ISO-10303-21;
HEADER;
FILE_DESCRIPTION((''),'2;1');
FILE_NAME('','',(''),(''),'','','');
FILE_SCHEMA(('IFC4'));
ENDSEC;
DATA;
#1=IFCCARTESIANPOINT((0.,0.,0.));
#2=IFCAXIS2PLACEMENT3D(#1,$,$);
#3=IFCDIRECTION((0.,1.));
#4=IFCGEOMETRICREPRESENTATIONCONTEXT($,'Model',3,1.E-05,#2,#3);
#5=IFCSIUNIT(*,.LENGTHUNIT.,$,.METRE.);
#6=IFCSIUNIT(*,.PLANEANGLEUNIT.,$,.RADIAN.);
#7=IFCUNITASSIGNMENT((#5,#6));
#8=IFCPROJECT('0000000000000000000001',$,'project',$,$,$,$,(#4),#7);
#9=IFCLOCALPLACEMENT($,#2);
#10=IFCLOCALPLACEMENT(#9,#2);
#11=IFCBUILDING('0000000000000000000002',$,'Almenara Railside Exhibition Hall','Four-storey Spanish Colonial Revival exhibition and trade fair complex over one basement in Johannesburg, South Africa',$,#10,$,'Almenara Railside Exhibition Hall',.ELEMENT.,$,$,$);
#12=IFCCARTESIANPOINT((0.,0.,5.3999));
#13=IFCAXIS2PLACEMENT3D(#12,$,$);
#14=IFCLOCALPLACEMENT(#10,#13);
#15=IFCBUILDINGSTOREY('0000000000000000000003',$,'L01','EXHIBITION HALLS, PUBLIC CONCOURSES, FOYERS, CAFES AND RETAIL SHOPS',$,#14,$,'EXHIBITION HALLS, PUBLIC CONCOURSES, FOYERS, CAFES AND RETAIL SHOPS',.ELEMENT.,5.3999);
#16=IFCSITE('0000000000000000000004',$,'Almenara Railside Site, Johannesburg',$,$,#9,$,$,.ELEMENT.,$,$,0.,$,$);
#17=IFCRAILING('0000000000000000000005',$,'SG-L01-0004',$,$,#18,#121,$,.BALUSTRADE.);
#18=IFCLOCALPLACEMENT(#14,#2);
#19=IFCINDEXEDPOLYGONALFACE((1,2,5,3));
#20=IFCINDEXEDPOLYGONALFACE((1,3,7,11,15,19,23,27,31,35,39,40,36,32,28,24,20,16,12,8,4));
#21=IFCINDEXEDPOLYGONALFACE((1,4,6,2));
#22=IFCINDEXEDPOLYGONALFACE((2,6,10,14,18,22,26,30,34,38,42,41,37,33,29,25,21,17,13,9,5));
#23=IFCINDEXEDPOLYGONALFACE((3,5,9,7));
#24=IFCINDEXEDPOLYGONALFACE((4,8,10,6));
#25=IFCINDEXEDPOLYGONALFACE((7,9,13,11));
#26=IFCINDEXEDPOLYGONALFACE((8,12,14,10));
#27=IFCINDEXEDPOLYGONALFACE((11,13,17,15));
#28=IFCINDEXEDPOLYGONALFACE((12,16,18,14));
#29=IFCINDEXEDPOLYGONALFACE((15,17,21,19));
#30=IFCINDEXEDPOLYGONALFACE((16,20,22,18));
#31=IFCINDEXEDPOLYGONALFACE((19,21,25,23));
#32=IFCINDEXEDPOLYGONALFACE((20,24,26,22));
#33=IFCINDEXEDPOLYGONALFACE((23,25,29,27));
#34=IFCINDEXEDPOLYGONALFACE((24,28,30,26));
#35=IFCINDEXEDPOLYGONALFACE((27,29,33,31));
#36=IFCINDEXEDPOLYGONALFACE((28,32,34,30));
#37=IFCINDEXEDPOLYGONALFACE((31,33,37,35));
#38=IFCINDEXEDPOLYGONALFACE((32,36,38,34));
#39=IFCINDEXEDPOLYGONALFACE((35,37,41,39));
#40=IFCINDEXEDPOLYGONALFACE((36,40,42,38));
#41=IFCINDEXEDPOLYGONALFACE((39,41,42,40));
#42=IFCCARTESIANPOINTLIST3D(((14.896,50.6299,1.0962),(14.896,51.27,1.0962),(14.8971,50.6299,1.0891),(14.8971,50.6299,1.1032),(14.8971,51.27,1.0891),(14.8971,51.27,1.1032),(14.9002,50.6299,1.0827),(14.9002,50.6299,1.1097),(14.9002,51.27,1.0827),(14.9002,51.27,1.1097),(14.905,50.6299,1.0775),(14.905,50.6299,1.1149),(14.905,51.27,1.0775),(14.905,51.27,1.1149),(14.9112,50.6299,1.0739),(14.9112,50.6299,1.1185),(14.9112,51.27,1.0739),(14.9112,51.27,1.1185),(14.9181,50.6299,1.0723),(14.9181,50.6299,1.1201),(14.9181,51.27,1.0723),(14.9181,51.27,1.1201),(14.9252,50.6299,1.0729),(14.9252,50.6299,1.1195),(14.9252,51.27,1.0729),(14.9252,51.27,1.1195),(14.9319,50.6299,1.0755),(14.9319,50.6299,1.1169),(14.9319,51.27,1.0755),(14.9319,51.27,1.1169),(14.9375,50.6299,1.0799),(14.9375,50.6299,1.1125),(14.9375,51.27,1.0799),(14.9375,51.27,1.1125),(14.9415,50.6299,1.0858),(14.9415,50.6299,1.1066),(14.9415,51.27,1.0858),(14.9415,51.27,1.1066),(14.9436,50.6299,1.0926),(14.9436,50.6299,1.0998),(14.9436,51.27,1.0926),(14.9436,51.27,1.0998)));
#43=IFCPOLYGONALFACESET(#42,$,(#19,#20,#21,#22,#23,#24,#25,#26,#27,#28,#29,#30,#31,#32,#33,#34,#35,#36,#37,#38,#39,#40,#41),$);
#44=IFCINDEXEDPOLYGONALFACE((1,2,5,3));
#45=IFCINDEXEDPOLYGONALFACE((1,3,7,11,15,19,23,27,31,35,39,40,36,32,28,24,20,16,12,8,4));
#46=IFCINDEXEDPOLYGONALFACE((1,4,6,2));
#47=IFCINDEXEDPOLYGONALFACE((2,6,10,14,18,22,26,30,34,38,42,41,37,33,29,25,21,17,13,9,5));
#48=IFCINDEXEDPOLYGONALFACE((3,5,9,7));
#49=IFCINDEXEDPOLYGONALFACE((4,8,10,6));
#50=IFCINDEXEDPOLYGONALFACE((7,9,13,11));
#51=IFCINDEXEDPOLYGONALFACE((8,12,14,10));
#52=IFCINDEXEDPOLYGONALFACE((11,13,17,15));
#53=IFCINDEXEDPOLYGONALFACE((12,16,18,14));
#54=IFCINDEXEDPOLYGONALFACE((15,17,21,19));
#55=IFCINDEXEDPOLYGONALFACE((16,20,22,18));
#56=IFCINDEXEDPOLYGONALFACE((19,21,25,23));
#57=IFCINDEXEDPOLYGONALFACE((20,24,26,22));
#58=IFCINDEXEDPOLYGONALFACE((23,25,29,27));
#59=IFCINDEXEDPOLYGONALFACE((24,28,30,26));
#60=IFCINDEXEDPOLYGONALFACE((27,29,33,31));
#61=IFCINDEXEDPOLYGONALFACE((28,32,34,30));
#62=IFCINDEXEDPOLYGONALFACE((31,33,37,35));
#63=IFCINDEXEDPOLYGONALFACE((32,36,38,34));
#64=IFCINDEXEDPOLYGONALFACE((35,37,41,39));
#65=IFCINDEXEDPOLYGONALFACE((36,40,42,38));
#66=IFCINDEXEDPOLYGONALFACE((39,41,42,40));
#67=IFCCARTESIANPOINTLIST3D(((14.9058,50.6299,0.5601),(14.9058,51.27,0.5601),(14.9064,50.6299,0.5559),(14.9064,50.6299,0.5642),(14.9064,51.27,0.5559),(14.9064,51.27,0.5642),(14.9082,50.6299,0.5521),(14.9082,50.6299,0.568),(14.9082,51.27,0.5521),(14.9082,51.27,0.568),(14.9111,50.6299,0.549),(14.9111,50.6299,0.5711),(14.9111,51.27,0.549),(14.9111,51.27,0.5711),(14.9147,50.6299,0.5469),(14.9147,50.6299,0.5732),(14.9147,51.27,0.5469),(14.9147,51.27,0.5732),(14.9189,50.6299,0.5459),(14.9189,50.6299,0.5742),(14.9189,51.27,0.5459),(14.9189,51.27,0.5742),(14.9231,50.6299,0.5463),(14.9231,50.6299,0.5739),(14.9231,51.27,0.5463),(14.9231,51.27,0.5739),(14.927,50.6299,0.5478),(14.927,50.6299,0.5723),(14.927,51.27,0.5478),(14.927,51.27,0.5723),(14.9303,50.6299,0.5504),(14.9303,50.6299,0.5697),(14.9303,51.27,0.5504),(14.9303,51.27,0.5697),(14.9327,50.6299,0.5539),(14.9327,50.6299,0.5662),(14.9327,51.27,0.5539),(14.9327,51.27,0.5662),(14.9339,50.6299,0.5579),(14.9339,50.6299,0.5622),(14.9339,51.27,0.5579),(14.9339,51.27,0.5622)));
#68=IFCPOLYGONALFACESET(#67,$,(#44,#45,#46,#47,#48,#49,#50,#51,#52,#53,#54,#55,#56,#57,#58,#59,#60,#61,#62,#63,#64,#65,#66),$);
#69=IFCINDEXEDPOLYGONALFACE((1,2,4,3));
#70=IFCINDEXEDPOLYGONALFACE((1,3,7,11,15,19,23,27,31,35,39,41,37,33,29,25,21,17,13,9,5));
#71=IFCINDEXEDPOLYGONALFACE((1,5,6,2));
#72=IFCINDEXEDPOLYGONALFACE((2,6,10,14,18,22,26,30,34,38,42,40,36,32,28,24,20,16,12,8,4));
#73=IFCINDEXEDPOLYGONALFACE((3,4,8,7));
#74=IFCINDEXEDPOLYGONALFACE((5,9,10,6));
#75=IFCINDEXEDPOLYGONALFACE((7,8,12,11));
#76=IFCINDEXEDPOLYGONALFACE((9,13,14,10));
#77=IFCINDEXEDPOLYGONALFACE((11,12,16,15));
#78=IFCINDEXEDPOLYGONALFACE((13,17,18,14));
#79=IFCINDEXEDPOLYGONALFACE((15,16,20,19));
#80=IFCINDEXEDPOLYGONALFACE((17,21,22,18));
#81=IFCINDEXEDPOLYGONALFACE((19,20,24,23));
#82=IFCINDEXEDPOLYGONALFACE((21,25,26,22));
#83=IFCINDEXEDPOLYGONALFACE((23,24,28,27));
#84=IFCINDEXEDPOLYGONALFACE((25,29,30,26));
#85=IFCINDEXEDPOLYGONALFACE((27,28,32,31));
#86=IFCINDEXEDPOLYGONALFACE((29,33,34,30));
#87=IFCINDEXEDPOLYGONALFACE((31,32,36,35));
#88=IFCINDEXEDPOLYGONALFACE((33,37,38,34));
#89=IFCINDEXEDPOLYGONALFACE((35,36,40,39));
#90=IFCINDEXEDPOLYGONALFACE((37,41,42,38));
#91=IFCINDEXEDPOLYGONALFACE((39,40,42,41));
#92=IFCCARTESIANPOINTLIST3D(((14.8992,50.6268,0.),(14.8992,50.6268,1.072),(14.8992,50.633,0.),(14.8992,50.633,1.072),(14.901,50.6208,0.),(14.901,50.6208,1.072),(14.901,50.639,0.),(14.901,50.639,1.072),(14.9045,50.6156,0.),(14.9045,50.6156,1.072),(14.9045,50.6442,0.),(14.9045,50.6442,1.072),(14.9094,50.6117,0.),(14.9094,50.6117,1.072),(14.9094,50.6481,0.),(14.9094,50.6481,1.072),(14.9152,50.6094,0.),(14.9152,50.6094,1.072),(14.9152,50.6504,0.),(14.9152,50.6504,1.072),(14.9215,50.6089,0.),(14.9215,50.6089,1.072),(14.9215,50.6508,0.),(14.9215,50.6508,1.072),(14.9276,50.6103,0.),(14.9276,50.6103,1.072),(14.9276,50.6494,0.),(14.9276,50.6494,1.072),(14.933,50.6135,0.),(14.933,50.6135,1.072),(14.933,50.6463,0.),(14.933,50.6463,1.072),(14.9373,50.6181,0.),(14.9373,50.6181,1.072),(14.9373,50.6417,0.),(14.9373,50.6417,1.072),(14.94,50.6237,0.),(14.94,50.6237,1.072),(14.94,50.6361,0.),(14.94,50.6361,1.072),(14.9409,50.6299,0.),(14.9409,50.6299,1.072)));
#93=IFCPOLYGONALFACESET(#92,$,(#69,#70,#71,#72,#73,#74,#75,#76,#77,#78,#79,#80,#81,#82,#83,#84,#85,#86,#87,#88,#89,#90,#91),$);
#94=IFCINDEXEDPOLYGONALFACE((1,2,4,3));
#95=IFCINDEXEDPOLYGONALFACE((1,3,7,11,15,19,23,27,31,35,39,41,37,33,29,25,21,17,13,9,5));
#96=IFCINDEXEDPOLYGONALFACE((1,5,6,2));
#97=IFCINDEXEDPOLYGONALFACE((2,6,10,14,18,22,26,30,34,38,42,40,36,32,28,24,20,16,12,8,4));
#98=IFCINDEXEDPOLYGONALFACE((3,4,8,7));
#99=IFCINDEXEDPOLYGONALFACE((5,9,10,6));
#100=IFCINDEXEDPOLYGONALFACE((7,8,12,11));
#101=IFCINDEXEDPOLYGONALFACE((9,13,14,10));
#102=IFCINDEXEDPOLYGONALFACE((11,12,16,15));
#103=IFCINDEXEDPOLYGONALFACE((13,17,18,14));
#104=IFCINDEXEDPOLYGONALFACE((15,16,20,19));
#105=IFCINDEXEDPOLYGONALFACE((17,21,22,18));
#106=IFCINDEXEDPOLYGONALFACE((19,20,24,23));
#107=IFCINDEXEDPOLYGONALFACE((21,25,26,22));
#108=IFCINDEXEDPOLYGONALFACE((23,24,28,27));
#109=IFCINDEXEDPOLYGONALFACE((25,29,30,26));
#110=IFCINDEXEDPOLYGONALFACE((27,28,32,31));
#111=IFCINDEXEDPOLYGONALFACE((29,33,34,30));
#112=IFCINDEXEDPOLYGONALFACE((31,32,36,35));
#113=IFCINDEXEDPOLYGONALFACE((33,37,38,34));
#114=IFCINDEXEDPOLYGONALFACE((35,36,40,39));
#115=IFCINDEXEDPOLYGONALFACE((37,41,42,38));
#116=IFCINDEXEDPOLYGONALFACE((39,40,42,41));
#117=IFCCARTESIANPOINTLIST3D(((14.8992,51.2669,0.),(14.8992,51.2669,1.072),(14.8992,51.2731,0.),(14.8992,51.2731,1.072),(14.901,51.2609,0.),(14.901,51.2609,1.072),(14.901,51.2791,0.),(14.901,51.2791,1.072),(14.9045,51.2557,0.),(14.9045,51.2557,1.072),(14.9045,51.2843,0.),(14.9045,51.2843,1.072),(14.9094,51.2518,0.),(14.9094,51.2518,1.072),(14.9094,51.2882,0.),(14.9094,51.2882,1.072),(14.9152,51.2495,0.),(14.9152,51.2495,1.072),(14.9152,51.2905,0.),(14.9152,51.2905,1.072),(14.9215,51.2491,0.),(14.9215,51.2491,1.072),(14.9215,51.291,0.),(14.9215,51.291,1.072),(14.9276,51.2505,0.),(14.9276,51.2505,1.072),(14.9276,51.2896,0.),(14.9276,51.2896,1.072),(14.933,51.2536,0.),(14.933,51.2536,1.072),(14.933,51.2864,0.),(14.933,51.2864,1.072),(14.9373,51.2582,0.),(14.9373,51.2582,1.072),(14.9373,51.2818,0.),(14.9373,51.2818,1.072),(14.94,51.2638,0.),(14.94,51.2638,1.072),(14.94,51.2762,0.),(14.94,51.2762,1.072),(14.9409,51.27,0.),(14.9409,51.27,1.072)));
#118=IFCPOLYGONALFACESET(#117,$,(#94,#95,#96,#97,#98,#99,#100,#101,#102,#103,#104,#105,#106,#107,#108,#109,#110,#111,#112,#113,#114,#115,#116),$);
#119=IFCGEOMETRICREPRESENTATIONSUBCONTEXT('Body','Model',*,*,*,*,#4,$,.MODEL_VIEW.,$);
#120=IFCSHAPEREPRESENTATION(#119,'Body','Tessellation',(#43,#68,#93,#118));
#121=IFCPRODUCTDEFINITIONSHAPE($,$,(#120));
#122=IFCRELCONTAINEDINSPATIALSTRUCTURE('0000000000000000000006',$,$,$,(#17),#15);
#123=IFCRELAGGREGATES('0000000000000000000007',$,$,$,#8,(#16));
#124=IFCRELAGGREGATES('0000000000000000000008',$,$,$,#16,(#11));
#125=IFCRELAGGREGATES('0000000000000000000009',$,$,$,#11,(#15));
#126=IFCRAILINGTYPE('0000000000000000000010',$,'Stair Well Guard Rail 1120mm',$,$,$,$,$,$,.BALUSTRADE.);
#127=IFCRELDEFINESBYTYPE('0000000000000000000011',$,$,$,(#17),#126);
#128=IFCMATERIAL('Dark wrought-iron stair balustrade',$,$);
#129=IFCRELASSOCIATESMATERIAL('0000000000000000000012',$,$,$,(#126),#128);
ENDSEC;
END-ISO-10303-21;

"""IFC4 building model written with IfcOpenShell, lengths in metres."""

from ifc_helpers import new_model, si_unit, direction, frame, origin, origin_2d, place, context, subcontext, project, spatial, circle, extrude, material, type_object, element, save


model = new_model("IFC4")

# Units and contexts
model_context = context("Model", 3, precision=1e-05, world=origin(), true_north=direction((0.0, 1.0)))
body_context = subcontext(model_context, "Body", "Model", "MODEL_VIEW")
ifc_project = project(units=[si_unit("LENGTHUNIT", "METRE"), si_unit("PLANEANGLEUNIT", "RADIAN")], contexts=[model_context])

# Site, building, storey
site_placement = place(None, origin())
site = spatial("IfcSite", under=ifc_project, at=site_placement, Name="Almenara Railside Site, Johannesburg", CompositionType="ELEMENT", RefElevation=0.0)
building_placement = place(site_placement, origin())
building = spatial("IfcBuilding", under=site, at=building_placement, Name="Almenara Railside Exhibition Hall", Description="Four-storey Spanish Colonial Revival exhibition and trade fair complex over one basement in Johannesburg, South Africa", LongName="Almenara Railside Exhibition Hall", CompositionType="ELEMENT")
storey_placement = place(building_placement, frame((0.0, 0.0, 5.3999)))
storey = spatial("IfcBuildingStorey", under=building, at=storey_placement, Name="L01", Description="EXHIBITION HALLS, PUBLIC CONCOURSES, FOYERS, CAFES AND RETAIL SHOPS", LongName="EXHIBITION HALLS, PUBLIC CONCOURSES, FOYERS, CAFES AND RETAIL SHOPS", CompositionType="ELEMENT", Elevation=5.3999)

# Railing
ifc_material_1 = material(Name="Dark wrought-iron stair balustrade")
railing_type_1 = type_object("IfcRailingType", Name="Stair Well Guard Rail 1120mm", PredefinedType="BALUSTRADE", material=ifc_material_1)
railing_1_placement = place(storey_placement, frame((14.9199, 50.6299, 0.0)))
element("IfcRailing", 1, at=railing_1_placement, inside=storey, type_object=railing_type_1, Name="SG-L01-0004", PredefinedType="BALUSTRADE", context=body_context, shape_type="SweptSolid", body=[
    extrude(circle(Radius=0.0239, at=origin_2d()), frame((0.0, 0.0, 1.0962), z_axis=(0.0, 1.0, 0.0), x_axis=(-1.0, 0.0, 0.0)), (0.0, 0.0, 1.0), 0.6401),
    extrude(circle(Radius=0.0142, at=origin_2d()), frame((0.0, 0.0, 0.5601), z_axis=(0.0, 1.0, 0.0), x_axis=(-1.0, 0.0, 0.0)), (0.0, 0.0, 1.0), 0.6401),
    extrude(circle(Radius=0.021, at=origin_2d()), origin(), (0.0, 0.0, 1.0), 1.072),
    extrude(circle(Radius=0.021, at=origin_2d()), frame((0.0, 0.6401, 0.0)), (0.0, 0.0, 1.0), 1.072),
])

save(model, "model.ifc")
